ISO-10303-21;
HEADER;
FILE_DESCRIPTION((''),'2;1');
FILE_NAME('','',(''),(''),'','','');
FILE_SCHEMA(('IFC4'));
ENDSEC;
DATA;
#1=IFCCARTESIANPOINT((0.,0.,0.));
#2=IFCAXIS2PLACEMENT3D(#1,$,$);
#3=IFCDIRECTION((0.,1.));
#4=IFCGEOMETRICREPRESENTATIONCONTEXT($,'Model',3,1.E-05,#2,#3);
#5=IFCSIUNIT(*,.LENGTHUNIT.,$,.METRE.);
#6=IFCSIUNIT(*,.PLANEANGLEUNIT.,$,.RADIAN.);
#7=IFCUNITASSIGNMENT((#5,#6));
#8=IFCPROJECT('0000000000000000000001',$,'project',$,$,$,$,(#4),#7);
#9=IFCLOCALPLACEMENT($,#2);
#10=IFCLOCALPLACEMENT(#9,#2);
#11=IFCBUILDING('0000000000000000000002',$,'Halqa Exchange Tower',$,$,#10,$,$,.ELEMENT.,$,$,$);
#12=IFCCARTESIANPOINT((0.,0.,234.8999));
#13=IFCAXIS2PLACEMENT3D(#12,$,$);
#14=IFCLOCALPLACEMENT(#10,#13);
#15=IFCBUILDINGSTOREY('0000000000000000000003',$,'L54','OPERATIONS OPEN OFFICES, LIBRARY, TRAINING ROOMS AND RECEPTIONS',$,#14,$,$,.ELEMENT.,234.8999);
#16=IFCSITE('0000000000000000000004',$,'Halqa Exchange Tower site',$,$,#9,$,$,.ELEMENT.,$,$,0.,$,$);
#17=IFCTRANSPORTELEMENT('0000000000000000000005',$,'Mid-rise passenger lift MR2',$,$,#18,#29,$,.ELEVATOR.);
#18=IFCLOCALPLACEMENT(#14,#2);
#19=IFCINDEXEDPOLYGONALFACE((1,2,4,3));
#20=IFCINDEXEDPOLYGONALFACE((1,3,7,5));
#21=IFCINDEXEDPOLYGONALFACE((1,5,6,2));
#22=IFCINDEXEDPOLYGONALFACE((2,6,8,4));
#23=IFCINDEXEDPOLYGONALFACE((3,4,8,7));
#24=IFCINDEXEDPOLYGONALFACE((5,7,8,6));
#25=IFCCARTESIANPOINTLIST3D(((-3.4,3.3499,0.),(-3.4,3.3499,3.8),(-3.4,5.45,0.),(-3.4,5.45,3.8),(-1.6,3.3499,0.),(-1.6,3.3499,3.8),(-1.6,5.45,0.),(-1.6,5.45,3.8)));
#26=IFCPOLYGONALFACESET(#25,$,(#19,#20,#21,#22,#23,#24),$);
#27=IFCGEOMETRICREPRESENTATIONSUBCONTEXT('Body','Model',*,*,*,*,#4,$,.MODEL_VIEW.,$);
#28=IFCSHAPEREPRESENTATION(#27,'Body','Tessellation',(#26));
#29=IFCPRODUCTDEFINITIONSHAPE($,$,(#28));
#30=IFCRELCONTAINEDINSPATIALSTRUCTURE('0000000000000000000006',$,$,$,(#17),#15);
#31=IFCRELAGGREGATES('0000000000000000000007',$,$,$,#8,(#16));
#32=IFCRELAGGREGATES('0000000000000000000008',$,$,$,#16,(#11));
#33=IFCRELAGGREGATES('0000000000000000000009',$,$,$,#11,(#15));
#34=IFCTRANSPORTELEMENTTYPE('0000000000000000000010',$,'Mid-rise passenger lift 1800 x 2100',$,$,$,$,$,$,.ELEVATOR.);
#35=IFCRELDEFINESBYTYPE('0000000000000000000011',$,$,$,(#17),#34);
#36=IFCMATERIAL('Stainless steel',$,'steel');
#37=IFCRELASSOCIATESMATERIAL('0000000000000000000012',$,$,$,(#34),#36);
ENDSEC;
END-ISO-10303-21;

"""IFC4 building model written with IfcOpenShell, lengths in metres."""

from ifc_helpers import new_model, si_unit, direction, frame, origin, origin_2d, place, context, subcontext, project, spatial, rectangle, extrude, material, type_object, element, save


model = new_model("IFC4")

# Units and contexts
model_context = context("Model", 3, precision=1e-05, world=origin(), true_north=direction((0.0, 1.0)))
body_context = subcontext(model_context, "Body", "Model", "MODEL_VIEW")
ifc_project = project(units=[si_unit("LENGTHUNIT", "METRE"), si_unit("PLANEANGLEUNIT", "RADIAN")], contexts=[model_context])

# Site, building, storey
site_placement = place(None, origin())
site = spatial("IfcSite", under=ifc_project, at=site_placement, Name="Halqa Exchange Tower site", CompositionType="ELEMENT", RefElevation=0.0)
building_placement = place(site_placement, origin())
building = spatial("IfcBuilding", under=site, at=building_placement, Name="Halqa Exchange Tower", CompositionType="ELEMENT")
storey_placement = place(building_placement, frame((0.0, 0.0, 234.8999)))
storey = spatial("IfcBuildingStorey", under=building, at=storey_placement, Name="L54", Description="OPERATIONS OPEN OFFICES, LIBRARY, TRAINING ROOMS AND RECEPTIONS", CompositionType="ELEMENT", Elevation=234.8999)

# Shared definitions
ifc_material_1 = material(Name="Stainless steel", Category="steel")

# Transport element
transport_element_type_1 = type_object("IfcTransportElementType", Name="Mid-rise passenger lift 1800 x 2100", PredefinedType="ELEVATOR", material=ifc_material_1)
for number, where, z_axis, x_axis, name in (
    (1, (-2.5, 4.3999, 0.0), (0.0, 0.0, 1.0), (1.0, 0.0, 0.0), "Mid-rise passenger lift MR2"),
):
    element("IfcTransportElement", number, at=place(storey_placement, frame(where, z_axis=z_axis, x_axis=x_axis)), inside=storey, type_object=transport_element_type_1, Name=name, PredefinedType="ELEVATOR", context=body_context, shape_type="SweptSolid", body=[
        extrude(rectangle(XDim=1.8, YDim=2.1001, at=origin_2d()), origin(), (0.0, 0.0, 1.0), 3.8),
    ])

save(model, "model.ifc")
